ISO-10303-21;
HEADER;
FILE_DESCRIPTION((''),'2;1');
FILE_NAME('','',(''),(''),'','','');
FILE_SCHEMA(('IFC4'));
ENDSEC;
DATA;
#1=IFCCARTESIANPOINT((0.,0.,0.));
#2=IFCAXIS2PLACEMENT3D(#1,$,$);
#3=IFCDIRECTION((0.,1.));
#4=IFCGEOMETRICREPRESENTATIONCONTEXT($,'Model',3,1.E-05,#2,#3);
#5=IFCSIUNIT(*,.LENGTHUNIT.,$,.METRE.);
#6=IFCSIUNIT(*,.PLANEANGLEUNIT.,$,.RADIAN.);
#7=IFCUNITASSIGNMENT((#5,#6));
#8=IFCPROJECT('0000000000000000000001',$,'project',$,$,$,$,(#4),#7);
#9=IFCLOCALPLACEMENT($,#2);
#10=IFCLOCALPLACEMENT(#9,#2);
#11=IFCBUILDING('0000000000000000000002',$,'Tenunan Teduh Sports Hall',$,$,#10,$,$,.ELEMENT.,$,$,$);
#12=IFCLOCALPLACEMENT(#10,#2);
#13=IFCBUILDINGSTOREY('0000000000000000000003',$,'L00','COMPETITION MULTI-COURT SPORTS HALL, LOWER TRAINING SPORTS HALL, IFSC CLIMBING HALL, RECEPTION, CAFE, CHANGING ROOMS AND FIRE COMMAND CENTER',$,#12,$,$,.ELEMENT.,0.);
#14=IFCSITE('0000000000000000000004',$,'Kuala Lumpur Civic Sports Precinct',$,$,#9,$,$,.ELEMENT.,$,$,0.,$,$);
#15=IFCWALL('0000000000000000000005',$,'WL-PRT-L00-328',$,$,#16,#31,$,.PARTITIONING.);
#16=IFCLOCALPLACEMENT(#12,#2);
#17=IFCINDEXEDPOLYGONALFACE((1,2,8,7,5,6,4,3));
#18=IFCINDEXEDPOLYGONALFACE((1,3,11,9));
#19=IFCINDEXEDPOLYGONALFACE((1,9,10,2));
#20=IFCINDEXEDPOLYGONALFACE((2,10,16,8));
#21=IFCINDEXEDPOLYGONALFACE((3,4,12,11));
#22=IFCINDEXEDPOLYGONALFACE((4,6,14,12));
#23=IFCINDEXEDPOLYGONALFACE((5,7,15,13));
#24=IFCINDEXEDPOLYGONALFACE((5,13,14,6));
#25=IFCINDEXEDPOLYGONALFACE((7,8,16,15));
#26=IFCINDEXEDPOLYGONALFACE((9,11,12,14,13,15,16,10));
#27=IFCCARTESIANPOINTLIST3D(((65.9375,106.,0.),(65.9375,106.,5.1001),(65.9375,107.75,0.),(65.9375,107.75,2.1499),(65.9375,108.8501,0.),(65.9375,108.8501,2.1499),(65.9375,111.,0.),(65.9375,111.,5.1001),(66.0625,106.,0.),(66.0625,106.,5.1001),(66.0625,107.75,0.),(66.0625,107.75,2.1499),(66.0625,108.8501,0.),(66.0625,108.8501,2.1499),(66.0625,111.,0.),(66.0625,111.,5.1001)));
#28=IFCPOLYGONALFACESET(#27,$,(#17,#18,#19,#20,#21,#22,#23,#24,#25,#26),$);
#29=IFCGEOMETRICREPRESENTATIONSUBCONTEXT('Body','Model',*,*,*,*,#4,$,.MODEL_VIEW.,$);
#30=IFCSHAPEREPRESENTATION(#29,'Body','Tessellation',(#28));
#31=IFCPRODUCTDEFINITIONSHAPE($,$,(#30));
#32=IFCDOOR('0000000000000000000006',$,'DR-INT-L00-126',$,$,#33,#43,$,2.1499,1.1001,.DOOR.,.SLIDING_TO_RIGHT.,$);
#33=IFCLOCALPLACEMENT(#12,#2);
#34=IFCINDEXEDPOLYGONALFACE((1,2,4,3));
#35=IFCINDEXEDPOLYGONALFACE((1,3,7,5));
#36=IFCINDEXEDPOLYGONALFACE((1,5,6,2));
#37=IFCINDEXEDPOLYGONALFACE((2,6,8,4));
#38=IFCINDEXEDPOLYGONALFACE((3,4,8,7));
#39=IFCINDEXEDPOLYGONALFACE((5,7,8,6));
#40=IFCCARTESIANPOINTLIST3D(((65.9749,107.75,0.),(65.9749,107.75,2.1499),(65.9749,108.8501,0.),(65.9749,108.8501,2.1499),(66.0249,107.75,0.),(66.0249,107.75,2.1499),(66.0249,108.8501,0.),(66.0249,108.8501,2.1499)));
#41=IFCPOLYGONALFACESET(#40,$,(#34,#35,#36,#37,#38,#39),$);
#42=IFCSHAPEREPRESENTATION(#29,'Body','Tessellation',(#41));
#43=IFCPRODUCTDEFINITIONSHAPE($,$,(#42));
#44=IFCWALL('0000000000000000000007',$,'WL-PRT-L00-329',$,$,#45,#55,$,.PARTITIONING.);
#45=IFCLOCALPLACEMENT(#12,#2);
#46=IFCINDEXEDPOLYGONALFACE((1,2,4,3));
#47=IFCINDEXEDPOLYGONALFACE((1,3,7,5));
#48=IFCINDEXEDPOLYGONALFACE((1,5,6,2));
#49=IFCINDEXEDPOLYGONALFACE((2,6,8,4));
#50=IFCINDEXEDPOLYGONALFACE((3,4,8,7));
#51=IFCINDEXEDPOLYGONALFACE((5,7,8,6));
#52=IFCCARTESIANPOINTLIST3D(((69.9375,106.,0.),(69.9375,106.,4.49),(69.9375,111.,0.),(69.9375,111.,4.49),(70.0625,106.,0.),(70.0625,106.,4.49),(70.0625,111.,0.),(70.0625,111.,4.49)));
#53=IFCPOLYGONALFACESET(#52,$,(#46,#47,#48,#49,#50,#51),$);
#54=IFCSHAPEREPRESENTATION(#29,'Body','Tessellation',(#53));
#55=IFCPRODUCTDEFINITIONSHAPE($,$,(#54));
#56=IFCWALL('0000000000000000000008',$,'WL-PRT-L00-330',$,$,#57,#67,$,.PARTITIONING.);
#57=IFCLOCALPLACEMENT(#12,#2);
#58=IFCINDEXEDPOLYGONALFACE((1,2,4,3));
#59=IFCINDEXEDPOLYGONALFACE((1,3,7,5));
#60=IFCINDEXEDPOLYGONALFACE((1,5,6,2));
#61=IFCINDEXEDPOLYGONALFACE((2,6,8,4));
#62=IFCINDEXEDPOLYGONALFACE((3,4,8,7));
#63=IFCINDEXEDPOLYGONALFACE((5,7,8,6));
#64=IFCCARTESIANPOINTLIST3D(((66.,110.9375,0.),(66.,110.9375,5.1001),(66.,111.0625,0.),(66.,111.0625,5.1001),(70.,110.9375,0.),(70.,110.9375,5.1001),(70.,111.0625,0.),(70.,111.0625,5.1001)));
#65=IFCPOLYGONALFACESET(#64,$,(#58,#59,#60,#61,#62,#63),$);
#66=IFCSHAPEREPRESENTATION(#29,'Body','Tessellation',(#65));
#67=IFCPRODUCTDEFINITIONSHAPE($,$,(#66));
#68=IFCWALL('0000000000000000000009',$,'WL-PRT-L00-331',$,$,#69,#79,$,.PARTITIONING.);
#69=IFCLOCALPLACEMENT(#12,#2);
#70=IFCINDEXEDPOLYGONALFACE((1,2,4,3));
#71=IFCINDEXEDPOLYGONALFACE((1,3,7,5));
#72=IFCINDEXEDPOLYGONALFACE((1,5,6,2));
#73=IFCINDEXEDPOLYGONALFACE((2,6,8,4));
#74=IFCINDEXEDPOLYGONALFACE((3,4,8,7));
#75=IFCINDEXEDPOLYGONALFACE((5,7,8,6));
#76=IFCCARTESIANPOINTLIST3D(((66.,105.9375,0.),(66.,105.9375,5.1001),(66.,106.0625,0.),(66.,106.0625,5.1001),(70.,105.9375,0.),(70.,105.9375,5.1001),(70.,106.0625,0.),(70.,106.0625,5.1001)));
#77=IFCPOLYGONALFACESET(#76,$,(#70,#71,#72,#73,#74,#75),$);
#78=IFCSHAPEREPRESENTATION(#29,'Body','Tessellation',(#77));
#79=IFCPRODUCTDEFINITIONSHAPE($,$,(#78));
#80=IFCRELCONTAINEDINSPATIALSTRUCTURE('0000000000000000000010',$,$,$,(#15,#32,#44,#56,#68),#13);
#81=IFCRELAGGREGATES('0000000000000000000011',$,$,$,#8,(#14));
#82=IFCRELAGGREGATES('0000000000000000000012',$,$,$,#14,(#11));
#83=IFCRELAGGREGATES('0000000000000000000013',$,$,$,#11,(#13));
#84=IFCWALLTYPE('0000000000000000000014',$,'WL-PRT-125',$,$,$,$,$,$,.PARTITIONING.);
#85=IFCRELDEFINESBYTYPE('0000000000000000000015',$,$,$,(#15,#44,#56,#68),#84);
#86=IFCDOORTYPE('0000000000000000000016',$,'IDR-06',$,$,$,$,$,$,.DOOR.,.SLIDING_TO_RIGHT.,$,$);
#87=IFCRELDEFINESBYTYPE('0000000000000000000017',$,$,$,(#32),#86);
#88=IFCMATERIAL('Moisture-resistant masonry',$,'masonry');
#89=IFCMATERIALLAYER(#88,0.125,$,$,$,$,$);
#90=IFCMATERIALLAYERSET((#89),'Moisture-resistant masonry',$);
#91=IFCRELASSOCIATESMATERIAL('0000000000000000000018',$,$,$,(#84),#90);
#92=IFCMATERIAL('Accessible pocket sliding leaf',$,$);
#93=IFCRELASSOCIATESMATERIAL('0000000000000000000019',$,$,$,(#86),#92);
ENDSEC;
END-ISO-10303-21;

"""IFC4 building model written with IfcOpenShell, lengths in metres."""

from ifc_helpers import new_model, si_unit, direction, frame, frame_2d, origin, place, context, subcontext, project, spatial, rectangle, extrude, material, layer, layer_set, type_object, element, fill, save


model = new_model("IFC4")

# Units and contexts
model_context = context("Model", 3, precision=1e-05, world=origin(), true_north=direction((0.0, 1.0)))
body_context = subcontext(model_context, "Body", "Model", "MODEL_VIEW")
ifc_project = project(units=[si_unit("LENGTHUNIT", "METRE"), si_unit("PLANEANGLEUNIT", "RADIAN")], contexts=[model_context])

# Site, building, storey
site_placement = place(None, origin())
site = spatial("IfcSite", under=ifc_project, at=site_placement, Name="Kuala Lumpur Civic Sports Precinct", CompositionType="ELEMENT", RefElevation=0.0)
building_placement = place(site_placement, origin())
building = spatial("IfcBuilding", under=site, at=building_placement, Name="Tenunan Teduh Sports Hall", CompositionType="ELEMENT")
storey_placement = place(building_placement, origin())
storey = spatial("IfcBuildingStorey", under=building, at=storey_placement, Name="L00", Description="COMPETITION MULTI-COURT SPORTS HALL, LOWER TRAINING SPORTS HALL, IFSC CLIMBING HALL, RECEPTION, CAFE, CHANGING ROOMS AND FIRE COMMAND CENTER", CompositionType="ELEMENT", Elevation=0.0)

# Wall, opening, door
ifc_material_1 = material(Name="Moisture-resistant masonry", Category="masonry")
ifc_layer_1 = layer(ifc_material_1, 0.125)
ifc_layer_set_1 = layer_set([ifc_layer_1], Name="Moisture-resistant masonry")
wall_type = type_object("IfcWallType", Name="WL-PRT-125", PredefinedType="PARTITIONING", material=ifc_layer_set_1)
wall_1_placement = place(storey_placement, frame((66.0, 106.0, 0.0), z_axis=(0.0, 0.0, 1.0), x_axis=(0.0, 1.0, 0.0)))
wall_1 = element("IfcWall", 1, at=wall_1_placement, inside=storey, type_object=wall_type, Name="WL-PRT-L00-328", PredefinedType="PARTITIONING", context=body_context, shape_type="SweptSolid", body=[
    extrude(rectangle(XDim=5.0, YDim=0.125, at=frame_2d((2.5, 0.0))), origin(), (0.0, 0.0, 1.0), 5.1001),
])
opening_placement = place(wall_1_placement, frame((1.75, 0.0, 0.0)))
opening = element("IfcOpeningElement", 2, at=opening_placement, cuts=wall_1, PredefinedType="OPENING", context=body_context, shape_type="SweptSolid", body=[
    extrude(rectangle(XDim=1.1001, YDim=2.1499, at=frame_2d((0.55, 1.075))), frame((0.0, 0.0725, 0.0), z_axis=(0.0, -1.0, 0.0), x_axis=(1.0, 0.0, 0.0)), (0.0, 0.0, 1.0), 0.145),
])
ifc_material_2 = material(Name="Accessible pocket sliding leaf")
door_type = type_object("IfcDoorType", Name="IDR-06", OperationType="SLIDING_TO_RIGHT", PredefinedType="DOOR", material=ifc_material_2)
door_placement = place(opening_placement, frame((1.1001, 0.0, 0.0), z_axis=(0.0, 0.0, 1.0), x_axis=(-1.0, 0.0, 0.0)))
door = element("IfcDoor", 3, at=door_placement, inside=storey, type_object=door_type, Name="DR-INT-L00-126", OperationType="SLIDING_TO_RIGHT", OverallHeight=2.1499, OverallWidth=1.1001, PredefinedType="DOOR", context=body_context, shape_type="SweptSolid", body=[
    extrude(rectangle(XDim=1.1001, YDim=2.1499, at=frame_2d((0.55, 1.075))), frame((0.0, 0.0249, 0.0), z_axis=(0.0, -1.0, 0.0), x_axis=(1.0, 0.0, 0.0)), (0.0, 0.0, 1.0), 0.05),
])
fill(opening, door)

# Walls
wall_2_placement = place(storey_placement, frame((70.0, 106.0, 0.0), z_axis=(0.0, 0.0, 1.0), x_axis=(0.0, 1.0, 0.0)))
element("IfcWall", 4, at=wall_2_placement, inside=storey, type_object=wall_type, Name="WL-PRT-L00-329", PredefinedType="PARTITIONING", context=body_context, shape_type="SweptSolid", body=[
    extrude(rectangle(XDim=5.0, YDim=0.125, at=frame_2d((2.5, 0.0))), origin(), (0.0, 0.0, 1.0), 4.49),
])
for number, where, z_axis, x_axis, name in (
    (5, (66.0, 111.0, 0.0), (0.0, 0.0, 1.0), (1.0, 0.0, 0.0), "WL-PRT-L00-330"),
    (6, (66.0, 106.0, 0.0), (0.0, 0.0, 1.0), (1.0, 0.0, 0.0), "WL-PRT-L00-331"),
):
    element("IfcWall", number, at=place(storey_placement, frame(where, z_axis=z_axis, x_axis=x_axis)), inside=storey, type_object=wall_type, Name=name, PredefinedType="PARTITIONING", context=body_context, shape_type="SweptSolid", body=[
        extrude(rectangle(XDim=4.0, YDim=0.125, at=frame_2d((2.0, 0.0))), origin(), (0.0, 0.0, 1.0), 5.1001),
    ])

save(model, "model.ifc")
